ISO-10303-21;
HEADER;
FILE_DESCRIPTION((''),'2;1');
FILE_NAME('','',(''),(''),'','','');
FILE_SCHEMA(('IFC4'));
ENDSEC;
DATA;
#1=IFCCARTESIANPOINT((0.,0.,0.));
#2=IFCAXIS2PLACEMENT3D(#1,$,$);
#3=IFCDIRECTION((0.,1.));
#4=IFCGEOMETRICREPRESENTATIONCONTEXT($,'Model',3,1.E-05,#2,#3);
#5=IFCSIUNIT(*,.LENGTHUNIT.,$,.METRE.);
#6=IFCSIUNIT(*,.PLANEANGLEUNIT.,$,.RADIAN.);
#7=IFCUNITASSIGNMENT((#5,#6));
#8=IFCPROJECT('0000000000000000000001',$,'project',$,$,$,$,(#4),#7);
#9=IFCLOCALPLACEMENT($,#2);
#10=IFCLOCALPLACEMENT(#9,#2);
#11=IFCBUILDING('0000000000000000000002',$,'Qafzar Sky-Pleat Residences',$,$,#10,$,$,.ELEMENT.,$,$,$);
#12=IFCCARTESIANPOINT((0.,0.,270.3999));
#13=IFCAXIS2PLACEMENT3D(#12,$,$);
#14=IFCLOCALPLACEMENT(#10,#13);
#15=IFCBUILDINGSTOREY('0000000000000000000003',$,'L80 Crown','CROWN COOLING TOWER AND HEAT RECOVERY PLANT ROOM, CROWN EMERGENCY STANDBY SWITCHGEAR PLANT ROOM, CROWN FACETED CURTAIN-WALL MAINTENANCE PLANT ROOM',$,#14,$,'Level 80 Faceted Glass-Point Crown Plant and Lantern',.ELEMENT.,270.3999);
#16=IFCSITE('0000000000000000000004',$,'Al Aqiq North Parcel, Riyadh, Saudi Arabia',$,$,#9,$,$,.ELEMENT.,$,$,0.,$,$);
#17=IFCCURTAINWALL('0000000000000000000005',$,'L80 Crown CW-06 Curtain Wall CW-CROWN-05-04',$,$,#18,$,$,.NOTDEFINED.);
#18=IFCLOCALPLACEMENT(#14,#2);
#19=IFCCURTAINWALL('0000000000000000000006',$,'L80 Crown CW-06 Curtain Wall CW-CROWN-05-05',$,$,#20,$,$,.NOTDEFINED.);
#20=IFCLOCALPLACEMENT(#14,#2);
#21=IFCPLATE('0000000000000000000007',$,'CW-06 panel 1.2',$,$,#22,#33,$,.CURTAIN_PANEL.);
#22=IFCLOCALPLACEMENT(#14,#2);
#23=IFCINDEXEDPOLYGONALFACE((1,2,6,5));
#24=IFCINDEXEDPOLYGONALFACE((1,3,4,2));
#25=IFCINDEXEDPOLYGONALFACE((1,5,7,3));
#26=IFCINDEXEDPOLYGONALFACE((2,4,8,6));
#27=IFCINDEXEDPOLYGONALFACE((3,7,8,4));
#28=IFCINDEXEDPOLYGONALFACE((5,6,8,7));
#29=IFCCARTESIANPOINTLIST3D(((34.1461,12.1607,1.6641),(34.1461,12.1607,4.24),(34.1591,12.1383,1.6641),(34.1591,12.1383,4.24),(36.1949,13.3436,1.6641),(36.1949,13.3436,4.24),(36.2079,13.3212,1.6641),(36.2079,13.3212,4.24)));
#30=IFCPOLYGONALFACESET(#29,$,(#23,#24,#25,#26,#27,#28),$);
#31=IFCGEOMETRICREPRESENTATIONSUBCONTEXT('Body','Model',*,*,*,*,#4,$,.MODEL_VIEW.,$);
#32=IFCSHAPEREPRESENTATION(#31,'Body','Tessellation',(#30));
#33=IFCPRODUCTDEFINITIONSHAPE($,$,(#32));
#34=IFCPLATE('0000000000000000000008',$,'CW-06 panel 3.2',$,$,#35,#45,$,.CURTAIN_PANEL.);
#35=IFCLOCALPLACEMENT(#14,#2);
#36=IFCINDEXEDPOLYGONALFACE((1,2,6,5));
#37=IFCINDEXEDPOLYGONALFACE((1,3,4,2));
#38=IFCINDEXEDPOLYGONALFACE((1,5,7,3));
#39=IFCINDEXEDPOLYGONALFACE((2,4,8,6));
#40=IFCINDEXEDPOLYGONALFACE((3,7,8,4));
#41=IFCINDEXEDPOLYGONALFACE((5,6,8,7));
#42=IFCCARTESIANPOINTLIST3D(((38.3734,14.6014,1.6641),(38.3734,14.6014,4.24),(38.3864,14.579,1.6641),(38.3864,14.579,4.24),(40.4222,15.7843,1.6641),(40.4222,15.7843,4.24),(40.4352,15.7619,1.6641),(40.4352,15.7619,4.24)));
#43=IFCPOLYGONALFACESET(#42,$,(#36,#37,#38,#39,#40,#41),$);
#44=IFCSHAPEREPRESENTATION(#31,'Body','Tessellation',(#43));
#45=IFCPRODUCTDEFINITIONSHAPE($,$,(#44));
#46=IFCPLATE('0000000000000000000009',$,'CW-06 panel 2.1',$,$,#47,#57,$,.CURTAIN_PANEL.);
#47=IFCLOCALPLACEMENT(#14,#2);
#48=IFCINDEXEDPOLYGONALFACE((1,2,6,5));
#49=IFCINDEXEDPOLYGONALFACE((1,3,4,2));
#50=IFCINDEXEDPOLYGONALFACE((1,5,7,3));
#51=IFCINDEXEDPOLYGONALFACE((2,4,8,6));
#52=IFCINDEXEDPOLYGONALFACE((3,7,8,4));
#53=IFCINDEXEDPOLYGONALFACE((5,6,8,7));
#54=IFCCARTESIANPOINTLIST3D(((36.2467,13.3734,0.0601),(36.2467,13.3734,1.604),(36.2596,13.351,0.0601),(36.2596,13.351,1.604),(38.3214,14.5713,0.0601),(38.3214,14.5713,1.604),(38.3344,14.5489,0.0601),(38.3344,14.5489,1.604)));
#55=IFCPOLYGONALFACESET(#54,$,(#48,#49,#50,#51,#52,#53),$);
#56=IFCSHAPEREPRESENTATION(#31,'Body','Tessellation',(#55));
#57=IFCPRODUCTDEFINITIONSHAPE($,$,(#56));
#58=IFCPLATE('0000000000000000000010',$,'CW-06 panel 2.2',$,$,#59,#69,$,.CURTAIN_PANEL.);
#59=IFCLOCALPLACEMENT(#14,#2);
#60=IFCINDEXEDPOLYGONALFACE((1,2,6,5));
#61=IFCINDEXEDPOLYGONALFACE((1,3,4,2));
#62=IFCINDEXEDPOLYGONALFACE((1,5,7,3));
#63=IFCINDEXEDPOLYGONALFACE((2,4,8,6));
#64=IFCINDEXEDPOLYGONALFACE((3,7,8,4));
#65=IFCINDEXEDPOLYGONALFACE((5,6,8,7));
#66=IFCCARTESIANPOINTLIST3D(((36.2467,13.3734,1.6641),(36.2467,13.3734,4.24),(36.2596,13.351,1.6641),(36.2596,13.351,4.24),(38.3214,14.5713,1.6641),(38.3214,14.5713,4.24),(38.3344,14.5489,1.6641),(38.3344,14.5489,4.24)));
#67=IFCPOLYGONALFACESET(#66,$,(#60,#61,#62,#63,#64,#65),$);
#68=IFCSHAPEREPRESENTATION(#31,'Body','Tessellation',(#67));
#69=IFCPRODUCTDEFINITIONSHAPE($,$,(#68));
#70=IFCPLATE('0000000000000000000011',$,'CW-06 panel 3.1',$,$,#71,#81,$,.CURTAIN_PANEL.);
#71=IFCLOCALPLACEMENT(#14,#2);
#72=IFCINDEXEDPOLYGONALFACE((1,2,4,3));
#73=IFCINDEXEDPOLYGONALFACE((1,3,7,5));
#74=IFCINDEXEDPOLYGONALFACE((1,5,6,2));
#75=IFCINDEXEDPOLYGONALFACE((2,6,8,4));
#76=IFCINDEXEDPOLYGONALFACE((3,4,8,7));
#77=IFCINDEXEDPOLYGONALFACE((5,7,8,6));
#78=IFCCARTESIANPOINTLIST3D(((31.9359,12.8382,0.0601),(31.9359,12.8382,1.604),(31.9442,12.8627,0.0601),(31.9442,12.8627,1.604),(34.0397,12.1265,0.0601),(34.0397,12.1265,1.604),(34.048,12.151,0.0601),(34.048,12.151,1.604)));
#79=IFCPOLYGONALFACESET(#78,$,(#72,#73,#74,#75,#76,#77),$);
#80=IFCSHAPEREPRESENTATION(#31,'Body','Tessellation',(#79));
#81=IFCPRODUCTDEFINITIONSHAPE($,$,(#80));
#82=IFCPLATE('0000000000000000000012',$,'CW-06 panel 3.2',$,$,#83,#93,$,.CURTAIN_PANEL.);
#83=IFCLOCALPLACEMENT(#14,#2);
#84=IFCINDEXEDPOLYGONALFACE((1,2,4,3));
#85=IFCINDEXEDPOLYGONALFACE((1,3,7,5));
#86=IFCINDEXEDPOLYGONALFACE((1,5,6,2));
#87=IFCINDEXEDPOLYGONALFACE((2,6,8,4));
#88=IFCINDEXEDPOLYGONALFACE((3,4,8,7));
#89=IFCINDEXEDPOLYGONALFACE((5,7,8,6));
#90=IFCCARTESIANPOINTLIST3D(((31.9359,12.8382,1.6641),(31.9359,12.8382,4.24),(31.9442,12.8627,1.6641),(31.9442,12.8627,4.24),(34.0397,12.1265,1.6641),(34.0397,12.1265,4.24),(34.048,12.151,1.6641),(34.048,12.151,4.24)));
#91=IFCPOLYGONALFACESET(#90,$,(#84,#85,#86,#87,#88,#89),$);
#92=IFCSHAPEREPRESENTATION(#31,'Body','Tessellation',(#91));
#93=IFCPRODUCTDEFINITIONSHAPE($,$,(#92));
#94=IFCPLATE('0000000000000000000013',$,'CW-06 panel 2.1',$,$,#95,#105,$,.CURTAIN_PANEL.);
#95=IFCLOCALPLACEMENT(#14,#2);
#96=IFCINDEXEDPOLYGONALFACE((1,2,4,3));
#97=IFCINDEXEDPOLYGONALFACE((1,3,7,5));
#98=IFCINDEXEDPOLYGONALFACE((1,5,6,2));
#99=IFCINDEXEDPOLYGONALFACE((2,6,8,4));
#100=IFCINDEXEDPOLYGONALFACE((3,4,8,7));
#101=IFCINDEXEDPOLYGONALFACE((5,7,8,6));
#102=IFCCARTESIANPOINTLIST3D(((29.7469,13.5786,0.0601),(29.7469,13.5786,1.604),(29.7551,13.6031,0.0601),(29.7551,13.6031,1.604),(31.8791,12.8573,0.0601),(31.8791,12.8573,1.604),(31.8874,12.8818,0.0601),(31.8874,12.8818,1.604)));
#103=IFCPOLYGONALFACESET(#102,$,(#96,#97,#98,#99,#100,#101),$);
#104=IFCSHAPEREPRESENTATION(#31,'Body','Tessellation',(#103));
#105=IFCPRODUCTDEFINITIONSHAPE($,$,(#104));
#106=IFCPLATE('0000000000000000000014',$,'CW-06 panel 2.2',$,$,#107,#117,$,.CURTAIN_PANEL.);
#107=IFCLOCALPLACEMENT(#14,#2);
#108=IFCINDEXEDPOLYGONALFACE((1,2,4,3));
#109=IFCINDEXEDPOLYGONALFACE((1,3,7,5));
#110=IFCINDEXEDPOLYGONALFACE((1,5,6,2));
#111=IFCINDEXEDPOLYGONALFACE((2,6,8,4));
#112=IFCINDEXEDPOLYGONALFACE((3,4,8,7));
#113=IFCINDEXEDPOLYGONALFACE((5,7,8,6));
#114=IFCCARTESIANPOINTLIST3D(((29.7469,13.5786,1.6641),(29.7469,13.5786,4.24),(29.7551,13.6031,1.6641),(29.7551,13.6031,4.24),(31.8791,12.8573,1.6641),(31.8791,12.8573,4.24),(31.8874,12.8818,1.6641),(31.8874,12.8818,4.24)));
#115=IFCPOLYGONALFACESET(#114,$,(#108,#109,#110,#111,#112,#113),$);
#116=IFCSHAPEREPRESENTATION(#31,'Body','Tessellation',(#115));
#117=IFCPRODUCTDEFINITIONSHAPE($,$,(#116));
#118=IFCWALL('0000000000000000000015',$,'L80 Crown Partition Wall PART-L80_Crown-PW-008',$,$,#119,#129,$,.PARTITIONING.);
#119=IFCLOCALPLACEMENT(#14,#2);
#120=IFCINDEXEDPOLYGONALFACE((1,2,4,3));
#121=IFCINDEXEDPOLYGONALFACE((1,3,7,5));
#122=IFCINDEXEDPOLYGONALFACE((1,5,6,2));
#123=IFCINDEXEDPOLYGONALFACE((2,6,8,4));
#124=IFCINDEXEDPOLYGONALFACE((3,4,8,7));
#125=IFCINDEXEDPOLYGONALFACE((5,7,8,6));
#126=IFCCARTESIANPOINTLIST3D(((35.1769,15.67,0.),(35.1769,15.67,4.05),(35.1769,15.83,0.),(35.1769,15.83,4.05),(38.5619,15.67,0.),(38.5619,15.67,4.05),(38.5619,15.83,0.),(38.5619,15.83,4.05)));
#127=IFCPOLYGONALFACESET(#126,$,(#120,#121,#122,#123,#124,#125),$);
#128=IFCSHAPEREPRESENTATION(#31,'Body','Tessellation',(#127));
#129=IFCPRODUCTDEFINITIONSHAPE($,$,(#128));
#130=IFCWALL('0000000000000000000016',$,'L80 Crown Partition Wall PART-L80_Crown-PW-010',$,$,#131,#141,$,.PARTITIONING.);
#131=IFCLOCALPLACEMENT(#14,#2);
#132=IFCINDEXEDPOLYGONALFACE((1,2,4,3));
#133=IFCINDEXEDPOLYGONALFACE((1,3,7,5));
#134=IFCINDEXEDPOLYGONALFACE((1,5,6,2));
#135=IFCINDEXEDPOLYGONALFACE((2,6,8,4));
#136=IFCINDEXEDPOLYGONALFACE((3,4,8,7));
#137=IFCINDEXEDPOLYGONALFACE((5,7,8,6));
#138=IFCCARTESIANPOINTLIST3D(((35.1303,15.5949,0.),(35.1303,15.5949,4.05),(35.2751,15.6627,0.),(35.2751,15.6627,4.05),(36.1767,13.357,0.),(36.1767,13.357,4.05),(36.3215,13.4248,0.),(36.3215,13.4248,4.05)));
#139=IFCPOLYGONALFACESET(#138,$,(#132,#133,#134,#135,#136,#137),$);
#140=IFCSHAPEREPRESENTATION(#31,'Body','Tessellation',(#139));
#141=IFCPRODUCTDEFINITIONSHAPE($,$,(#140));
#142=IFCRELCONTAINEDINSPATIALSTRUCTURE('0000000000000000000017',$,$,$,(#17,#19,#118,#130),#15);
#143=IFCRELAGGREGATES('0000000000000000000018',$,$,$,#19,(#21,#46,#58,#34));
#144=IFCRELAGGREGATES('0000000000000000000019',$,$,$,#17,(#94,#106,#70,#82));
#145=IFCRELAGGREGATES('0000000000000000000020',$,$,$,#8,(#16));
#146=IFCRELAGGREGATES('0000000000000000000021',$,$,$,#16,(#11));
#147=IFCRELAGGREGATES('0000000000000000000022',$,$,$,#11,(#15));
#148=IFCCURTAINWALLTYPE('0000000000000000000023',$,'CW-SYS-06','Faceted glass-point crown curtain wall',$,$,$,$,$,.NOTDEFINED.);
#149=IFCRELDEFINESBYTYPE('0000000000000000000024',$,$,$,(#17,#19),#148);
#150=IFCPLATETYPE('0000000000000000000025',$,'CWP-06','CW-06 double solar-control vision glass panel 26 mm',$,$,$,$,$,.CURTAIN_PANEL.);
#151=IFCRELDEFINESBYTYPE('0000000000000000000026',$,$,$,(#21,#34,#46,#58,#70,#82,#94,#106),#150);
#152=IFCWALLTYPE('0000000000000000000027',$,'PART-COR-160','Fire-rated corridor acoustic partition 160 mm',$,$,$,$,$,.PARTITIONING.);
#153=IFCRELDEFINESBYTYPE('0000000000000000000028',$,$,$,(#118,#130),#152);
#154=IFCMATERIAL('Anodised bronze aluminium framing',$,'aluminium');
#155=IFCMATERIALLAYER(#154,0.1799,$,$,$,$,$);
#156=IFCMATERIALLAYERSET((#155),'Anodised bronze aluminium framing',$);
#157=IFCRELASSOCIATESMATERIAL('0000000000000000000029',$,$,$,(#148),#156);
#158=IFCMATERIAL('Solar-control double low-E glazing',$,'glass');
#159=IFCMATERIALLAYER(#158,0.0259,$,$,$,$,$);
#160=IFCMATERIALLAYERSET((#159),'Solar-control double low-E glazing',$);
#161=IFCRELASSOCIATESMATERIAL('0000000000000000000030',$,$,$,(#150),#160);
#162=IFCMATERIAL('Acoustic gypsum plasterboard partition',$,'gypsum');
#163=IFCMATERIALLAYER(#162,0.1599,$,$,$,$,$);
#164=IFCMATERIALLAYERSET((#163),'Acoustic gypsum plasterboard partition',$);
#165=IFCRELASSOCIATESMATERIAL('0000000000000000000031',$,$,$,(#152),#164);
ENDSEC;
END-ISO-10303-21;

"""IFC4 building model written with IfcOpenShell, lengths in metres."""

from ifc_helpers import new_model, si_unit, direction, frame, frame_2d, origin, origin_2d, place, context, subcontext, project, spatial, rectangle, extrude, source, transform, mapped, material, layer, layer_set, type_object, element, aggregate, save


model = new_model("IFC4")

# Units and contexts
model_context = context("Model", 3, precision=1e-05, world=origin(), true_north=direction((0.0, 1.0)))
body_context = subcontext(model_context, "Body", "Model", "MODEL_VIEW")
ifc_project = project(units=[si_unit("LENGTHUNIT", "METRE"), si_unit("PLANEANGLEUNIT", "RADIAN")], contexts=[model_context])

# Site, building, storey
site_placement = place(None, origin())
site = spatial("IfcSite", under=ifc_project, at=site_placement, Name="Al Aqiq North Parcel, Riyadh, Saudi Arabia", CompositionType="ELEMENT", RefElevation=0.0)
building_placement = place(site_placement, origin())
building = spatial("IfcBuilding", under=site, at=building_placement, Name="Qafzar Sky-Pleat Residences", CompositionType="ELEMENT")
storey_placement = place(building_placement, frame((0.0, 0.0, 270.3999)))
storey = spatial("IfcBuildingStorey", under=building, at=storey_placement, Name="L80 Crown", Description="CROWN COOLING TOWER AND HEAT RECOVERY PLANT ROOM, CROWN EMERGENCY STANDBY SWITCHGEAR PLANT ROOM, CROWN FACETED CURTAIN-WALL MAINTENANCE PLANT ROOM", LongName="Level 80 Faceted Glass-Point Crown Plant and Lantern", CompositionType="ELEMENT", Elevation=270.3999)

# Curtain walls
ifc_material_1 = material(Name="Anodised bronze aluminium framing", Category="aluminium")
ifc_layer_1 = layer(ifc_material_1, 0.1799)
ifc_layer_set_1 = layer_set([ifc_layer_1], Name="Anodised bronze aluminium framing")
curtain_wall_type = type_object("IfcCurtainWallType", Name="CW-SYS-06", Description="Faceted glass-point crown curtain wall", PredefinedType="NOTDEFINED", material=ifc_layer_set_1)
curtain_wall_1_placement = place(storey_placement, origin())
curtain_wall_1 = element("IfcCurtainWall", 1, at=curtain_wall_1_placement, inside=storey, type_object=curtain_wall_type, Name="L80 Crown CW-06 Curtain Wall CW-CROWN-05-04", PredefinedType="NOTDEFINED")
curtain_wall_2_placement = place(storey_placement, origin())
curtain_wall_2 = element("IfcCurtainWall", 2, at=curtain_wall_2_placement, inside=storey, type_object=curtain_wall_type, Name="L80 Crown CW-06 Curtain Wall CW-CROWN-05-05", PredefinedType="NOTDEFINED")

# Plates
ifc_material_2 = material(Name="Solar-control double low-E glazing", Category="glass")
ifc_layer_2 = layer(ifc_material_2, 0.0259)
ifc_layer_set_2 = layer_set([ifc_layer_2], Name="Solar-control double low-E glazing")
plate_type = type_object("IfcPlateType", Name="CWP-06", Description="CW-06 double solar-control vision glass panel 26 mm", PredefinedType="CURTAIN_PANEL", material=ifc_layer_set_2)
shared_shape_1 = source(origin(), body_context, "Body", "SweptSolid", [
    extrude(rectangle(XDim=2.3657, YDim=0.0259, at=origin_2d()), origin(), (0.0, 0.0, 1.0), 2.5759),
])
plate_1_placement = place(storey_placement, frame((35.177, 12.741, 1.6641), z_axis=(0.0, 0.0, 1.0), x_axis=(0.866025, 0.500001, 0.0)))
plate_1 = element("IfcPlate", 3, at=plate_1_placement, type_object=plate_type, Name="CW-06 panel 1.2", PredefinedType="CURTAIN_PANEL", context=body_context, shape_type="MappedRepresentation", body=[
    mapped(shared_shape_1, transform((0.0, 0.0, 0.0), x_axis=(1.0, 0.0, 0.0), y_axis=(0.0, 1.0, 0.0), z_axis=(0.0, 0.0, 1.0), scale=1.0)),
])
plate_2_placement = place(storey_placement, frame((39.4043, 15.1816, 1.6641), z_axis=(0.0, 0.0, 1.0), x_axis=(0.866025, 0.500001, 0.0)))
plate_2 = element("IfcPlate", 4, at=plate_2_placement, type_object=plate_type, Name="CW-06 panel 3.2", PredefinedType="CURTAIN_PANEL", context=body_context, shape_type="MappedRepresentation", body=[
    mapped(shared_shape_1, transform((0.0, 0.0, 0.0), x_axis=(1.0, 0.0, 0.0), y_axis=(0.0, 1.0, 0.0), z_axis=(0.0, 0.0, 1.0), scale=1.0)),
])
shared_shape_2 = source(origin(), body_context, "Body", "SweptSolid", [
    extrude(rectangle(XDim=2.3958, YDim=0.0259, at=origin_2d()), origin(), (0.0, 0.0, 1.0), 1.5439),
])
plate_3_placement = place(storey_placement, frame((37.2905, 13.9612, 0.0601), z_axis=(0.0, 0.0, 1.0), x_axis=(0.866025, 0.500001, 0.0)))
plate_3 = element("IfcPlate", 5, at=plate_3_placement, type_object=plate_type, Name="CW-06 panel 2.1", PredefinedType="CURTAIN_PANEL", context=body_context, shape_type="MappedRepresentation", body=[
    mapped(shared_shape_2, transform((0.0, 0.0, 0.0), x_axis=(1.0, 0.0, 0.0), y_axis=(0.0, 1.0, 0.0), z_axis=(0.0, 0.0, 1.0), scale=1.0)),
])
shared_shape_3 = source(origin(), body_context, "Body", "SweptSolid", [
    extrude(rectangle(XDim=2.3958, YDim=0.0259, at=origin_2d()), origin(), (0.0, 0.0, 1.0), 2.5759),
])
plate_4_placement = place(storey_placement, frame((37.2905, 13.9612, 1.6641), z_axis=(0.0, 0.0, 1.0), x_axis=(0.866025, 0.500001, 0.0)))
plate_4 = element("IfcPlate", 6, at=plate_4_placement, type_object=plate_type, Name="CW-06 panel 2.2", PredefinedType="CURTAIN_PANEL", context=body_context, shape_type="MappedRepresentation", body=[
    mapped(shared_shape_3, transform((0.0, 0.0, 0.0), x_axis=(1.0, 0.0, 0.0), y_axis=(0.0, 1.0, 0.0), z_axis=(0.0, 0.0, 1.0), scale=1.0)),
])
aggregate(curtain_wall_2, [plate_1, plate_3, plate_4, plate_2])
shared_shape_4 = source(origin(), body_context, "Body", "SweptSolid", [
    extrude(rectangle(XDim=2.2209, YDim=0.0259, at=origin_2d()), origin(), (0.0, 0.0, 1.0), 1.5439),
])
plate_5_placement = place(storey_placement, frame((32.9919, 12.4946, 0.0601), z_axis=(0.0, 0.0, 1.0), x_axis=(0.947269, -0.320439, 0.0)))
plate_5 = element("IfcPlate", 7, at=plate_5_placement, type_object=plate_type, Name="CW-06 panel 3.1", PredefinedType="CURTAIN_PANEL", context=body_context, shape_type="MappedRepresentation", body=[
    mapped(shared_shape_4, transform((0.0, 0.0, 0.0), x_axis=(1.0, 0.0, 0.0), y_axis=(0.0, 1.0, 0.0), z_axis=(0.0, 0.0, 1.0), scale=1.0)),
])
shared_shape_5 = source(origin(), body_context, "Body", "SweptSolid", [
    extrude(rectangle(XDim=2.2209, YDim=0.0259, at=origin_2d()), origin(), (0.0, 0.0, 1.0), 2.5759),
])
plate_6_placement = place(storey_placement, frame((32.9919, 12.4946, 1.6641), z_axis=(0.0, 0.0, 1.0), x_axis=(0.947269, -0.320439, 0.0)))
plate_6 = element("IfcPlate", 8, at=plate_6_placement, type_object=plate_type, Name="CW-06 panel 3.2", PredefinedType="CURTAIN_PANEL", context=body_context, shape_type="MappedRepresentation", body=[
    mapped(shared_shape_5, transform((0.0, 0.0, 0.0), x_axis=(1.0, 0.0, 0.0), y_axis=(0.0, 1.0, 0.0), z_axis=(0.0, 0.0, 1.0), scale=1.0)),
])
shared_shape_6 = source(origin(), body_context, "Body", "SweptSolid", [
    extrude(rectangle(XDim=2.251, YDim=0.0259, at=origin_2d()), origin(), (0.0, 0.0, 1.0), 1.5439),
])
plate_7_placement = place(storey_placement, frame((30.8171, 13.2302, 0.0601), z_axis=(0.0, 0.0, 1.0), x_axis=(0.947269, -0.320439, 0.0)))
plate_7 = element("IfcPlate", 9, at=plate_7_placement, type_object=plate_type, Name="CW-06 panel 2.1", PredefinedType="CURTAIN_PANEL", context=body_context, shape_type="MappedRepresentation", body=[
    mapped(shared_shape_6, transform((0.0, 0.0, 0.0), x_axis=(1.0, 0.0, 0.0), y_axis=(0.0, 1.0, 0.0), z_axis=(0.0, 0.0, 1.0), scale=1.0)),
])
shared_shape_7 = source(origin(), body_context, "Body", "SweptSolid", [
    extrude(rectangle(XDim=2.251, YDim=0.0259, at=origin_2d()), origin(), (0.0, 0.0, 1.0), 2.5759),
])
plate_8_placement = place(storey_placement, frame((30.8171, 13.2302, 1.6641), z_axis=(0.0, 0.0, 1.0), x_axis=(0.947269, -0.320439, 0.0)))
plate_8 = element("IfcPlate", 10, at=plate_8_placement, type_object=plate_type, Name="CW-06 panel 2.2", PredefinedType="CURTAIN_PANEL", context=body_context, shape_type="MappedRepresentation", body=[
    mapped(shared_shape_7, transform((0.0, 0.0, 0.0), x_axis=(1.0, 0.0, 0.0), y_axis=(0.0, 1.0, 0.0), z_axis=(0.0, 0.0, 1.0), scale=1.0)),
])
aggregate(curtain_wall_1, [plate_7, plate_8, plate_5, plate_6])

# Walls
ifc_material_3 = material(Name="Acoustic gypsum plasterboard partition", Category="gypsum")
ifc_layer_3 = layer(ifc_material_3, 0.1599)
ifc_layer_set_3 = layer_set([ifc_layer_3], Name="Acoustic gypsum plasterboard partition")
wall_type = type_object("IfcWallType", Name="PART-COR-160", Description="Fire-rated corridor acoustic partition 160 mm", PredefinedType="PARTITIONING", material=ifc_layer_set_3)
wall_1_placement = place(storey_placement, frame((35.177, 15.75, 0.0), z_axis=(0.0, 0.0, 1.0), x_axis=(1.0, 0.0, 0.0)))
element("IfcWall", 11, at=wall_1_placement, inside=storey, type_object=wall_type, Name="L80 Crown Partition Wall PART-L80_Crown-PW-008", PredefinedType="PARTITIONING", context=body_context, shape_type="SweptSolid", body=[
    extrude(rectangle(XDim=3.385, YDim=0.1599, at=frame_2d((1.6924, 0.0))), origin(), (0.0, 0.0, 1.0), 4.05),
])
wall_2_placement = place(storey_placement, frame((35.2026, 15.6289, 0.0), z_axis=(0.0, 0.0, 1.0), x_axis=(0.423578, -0.90586, 0.0)))
element("IfcWall", 12, at=wall_2_placement, inside=storey, type_object=wall_type, Name="L80 Crown Partition Wall PART-L80_Crown-PW-010", PredefinedType="PARTITIONING", context=body_context, shape_type="SweptSolid", body=[
    extrude(rectangle(XDim=2.4705, YDim=0.1599, at=frame_2d((1.2354, 0.0))), origin(), (0.0, 0.0, 1.0), 4.05),
])

save(model, "model.ifc")
